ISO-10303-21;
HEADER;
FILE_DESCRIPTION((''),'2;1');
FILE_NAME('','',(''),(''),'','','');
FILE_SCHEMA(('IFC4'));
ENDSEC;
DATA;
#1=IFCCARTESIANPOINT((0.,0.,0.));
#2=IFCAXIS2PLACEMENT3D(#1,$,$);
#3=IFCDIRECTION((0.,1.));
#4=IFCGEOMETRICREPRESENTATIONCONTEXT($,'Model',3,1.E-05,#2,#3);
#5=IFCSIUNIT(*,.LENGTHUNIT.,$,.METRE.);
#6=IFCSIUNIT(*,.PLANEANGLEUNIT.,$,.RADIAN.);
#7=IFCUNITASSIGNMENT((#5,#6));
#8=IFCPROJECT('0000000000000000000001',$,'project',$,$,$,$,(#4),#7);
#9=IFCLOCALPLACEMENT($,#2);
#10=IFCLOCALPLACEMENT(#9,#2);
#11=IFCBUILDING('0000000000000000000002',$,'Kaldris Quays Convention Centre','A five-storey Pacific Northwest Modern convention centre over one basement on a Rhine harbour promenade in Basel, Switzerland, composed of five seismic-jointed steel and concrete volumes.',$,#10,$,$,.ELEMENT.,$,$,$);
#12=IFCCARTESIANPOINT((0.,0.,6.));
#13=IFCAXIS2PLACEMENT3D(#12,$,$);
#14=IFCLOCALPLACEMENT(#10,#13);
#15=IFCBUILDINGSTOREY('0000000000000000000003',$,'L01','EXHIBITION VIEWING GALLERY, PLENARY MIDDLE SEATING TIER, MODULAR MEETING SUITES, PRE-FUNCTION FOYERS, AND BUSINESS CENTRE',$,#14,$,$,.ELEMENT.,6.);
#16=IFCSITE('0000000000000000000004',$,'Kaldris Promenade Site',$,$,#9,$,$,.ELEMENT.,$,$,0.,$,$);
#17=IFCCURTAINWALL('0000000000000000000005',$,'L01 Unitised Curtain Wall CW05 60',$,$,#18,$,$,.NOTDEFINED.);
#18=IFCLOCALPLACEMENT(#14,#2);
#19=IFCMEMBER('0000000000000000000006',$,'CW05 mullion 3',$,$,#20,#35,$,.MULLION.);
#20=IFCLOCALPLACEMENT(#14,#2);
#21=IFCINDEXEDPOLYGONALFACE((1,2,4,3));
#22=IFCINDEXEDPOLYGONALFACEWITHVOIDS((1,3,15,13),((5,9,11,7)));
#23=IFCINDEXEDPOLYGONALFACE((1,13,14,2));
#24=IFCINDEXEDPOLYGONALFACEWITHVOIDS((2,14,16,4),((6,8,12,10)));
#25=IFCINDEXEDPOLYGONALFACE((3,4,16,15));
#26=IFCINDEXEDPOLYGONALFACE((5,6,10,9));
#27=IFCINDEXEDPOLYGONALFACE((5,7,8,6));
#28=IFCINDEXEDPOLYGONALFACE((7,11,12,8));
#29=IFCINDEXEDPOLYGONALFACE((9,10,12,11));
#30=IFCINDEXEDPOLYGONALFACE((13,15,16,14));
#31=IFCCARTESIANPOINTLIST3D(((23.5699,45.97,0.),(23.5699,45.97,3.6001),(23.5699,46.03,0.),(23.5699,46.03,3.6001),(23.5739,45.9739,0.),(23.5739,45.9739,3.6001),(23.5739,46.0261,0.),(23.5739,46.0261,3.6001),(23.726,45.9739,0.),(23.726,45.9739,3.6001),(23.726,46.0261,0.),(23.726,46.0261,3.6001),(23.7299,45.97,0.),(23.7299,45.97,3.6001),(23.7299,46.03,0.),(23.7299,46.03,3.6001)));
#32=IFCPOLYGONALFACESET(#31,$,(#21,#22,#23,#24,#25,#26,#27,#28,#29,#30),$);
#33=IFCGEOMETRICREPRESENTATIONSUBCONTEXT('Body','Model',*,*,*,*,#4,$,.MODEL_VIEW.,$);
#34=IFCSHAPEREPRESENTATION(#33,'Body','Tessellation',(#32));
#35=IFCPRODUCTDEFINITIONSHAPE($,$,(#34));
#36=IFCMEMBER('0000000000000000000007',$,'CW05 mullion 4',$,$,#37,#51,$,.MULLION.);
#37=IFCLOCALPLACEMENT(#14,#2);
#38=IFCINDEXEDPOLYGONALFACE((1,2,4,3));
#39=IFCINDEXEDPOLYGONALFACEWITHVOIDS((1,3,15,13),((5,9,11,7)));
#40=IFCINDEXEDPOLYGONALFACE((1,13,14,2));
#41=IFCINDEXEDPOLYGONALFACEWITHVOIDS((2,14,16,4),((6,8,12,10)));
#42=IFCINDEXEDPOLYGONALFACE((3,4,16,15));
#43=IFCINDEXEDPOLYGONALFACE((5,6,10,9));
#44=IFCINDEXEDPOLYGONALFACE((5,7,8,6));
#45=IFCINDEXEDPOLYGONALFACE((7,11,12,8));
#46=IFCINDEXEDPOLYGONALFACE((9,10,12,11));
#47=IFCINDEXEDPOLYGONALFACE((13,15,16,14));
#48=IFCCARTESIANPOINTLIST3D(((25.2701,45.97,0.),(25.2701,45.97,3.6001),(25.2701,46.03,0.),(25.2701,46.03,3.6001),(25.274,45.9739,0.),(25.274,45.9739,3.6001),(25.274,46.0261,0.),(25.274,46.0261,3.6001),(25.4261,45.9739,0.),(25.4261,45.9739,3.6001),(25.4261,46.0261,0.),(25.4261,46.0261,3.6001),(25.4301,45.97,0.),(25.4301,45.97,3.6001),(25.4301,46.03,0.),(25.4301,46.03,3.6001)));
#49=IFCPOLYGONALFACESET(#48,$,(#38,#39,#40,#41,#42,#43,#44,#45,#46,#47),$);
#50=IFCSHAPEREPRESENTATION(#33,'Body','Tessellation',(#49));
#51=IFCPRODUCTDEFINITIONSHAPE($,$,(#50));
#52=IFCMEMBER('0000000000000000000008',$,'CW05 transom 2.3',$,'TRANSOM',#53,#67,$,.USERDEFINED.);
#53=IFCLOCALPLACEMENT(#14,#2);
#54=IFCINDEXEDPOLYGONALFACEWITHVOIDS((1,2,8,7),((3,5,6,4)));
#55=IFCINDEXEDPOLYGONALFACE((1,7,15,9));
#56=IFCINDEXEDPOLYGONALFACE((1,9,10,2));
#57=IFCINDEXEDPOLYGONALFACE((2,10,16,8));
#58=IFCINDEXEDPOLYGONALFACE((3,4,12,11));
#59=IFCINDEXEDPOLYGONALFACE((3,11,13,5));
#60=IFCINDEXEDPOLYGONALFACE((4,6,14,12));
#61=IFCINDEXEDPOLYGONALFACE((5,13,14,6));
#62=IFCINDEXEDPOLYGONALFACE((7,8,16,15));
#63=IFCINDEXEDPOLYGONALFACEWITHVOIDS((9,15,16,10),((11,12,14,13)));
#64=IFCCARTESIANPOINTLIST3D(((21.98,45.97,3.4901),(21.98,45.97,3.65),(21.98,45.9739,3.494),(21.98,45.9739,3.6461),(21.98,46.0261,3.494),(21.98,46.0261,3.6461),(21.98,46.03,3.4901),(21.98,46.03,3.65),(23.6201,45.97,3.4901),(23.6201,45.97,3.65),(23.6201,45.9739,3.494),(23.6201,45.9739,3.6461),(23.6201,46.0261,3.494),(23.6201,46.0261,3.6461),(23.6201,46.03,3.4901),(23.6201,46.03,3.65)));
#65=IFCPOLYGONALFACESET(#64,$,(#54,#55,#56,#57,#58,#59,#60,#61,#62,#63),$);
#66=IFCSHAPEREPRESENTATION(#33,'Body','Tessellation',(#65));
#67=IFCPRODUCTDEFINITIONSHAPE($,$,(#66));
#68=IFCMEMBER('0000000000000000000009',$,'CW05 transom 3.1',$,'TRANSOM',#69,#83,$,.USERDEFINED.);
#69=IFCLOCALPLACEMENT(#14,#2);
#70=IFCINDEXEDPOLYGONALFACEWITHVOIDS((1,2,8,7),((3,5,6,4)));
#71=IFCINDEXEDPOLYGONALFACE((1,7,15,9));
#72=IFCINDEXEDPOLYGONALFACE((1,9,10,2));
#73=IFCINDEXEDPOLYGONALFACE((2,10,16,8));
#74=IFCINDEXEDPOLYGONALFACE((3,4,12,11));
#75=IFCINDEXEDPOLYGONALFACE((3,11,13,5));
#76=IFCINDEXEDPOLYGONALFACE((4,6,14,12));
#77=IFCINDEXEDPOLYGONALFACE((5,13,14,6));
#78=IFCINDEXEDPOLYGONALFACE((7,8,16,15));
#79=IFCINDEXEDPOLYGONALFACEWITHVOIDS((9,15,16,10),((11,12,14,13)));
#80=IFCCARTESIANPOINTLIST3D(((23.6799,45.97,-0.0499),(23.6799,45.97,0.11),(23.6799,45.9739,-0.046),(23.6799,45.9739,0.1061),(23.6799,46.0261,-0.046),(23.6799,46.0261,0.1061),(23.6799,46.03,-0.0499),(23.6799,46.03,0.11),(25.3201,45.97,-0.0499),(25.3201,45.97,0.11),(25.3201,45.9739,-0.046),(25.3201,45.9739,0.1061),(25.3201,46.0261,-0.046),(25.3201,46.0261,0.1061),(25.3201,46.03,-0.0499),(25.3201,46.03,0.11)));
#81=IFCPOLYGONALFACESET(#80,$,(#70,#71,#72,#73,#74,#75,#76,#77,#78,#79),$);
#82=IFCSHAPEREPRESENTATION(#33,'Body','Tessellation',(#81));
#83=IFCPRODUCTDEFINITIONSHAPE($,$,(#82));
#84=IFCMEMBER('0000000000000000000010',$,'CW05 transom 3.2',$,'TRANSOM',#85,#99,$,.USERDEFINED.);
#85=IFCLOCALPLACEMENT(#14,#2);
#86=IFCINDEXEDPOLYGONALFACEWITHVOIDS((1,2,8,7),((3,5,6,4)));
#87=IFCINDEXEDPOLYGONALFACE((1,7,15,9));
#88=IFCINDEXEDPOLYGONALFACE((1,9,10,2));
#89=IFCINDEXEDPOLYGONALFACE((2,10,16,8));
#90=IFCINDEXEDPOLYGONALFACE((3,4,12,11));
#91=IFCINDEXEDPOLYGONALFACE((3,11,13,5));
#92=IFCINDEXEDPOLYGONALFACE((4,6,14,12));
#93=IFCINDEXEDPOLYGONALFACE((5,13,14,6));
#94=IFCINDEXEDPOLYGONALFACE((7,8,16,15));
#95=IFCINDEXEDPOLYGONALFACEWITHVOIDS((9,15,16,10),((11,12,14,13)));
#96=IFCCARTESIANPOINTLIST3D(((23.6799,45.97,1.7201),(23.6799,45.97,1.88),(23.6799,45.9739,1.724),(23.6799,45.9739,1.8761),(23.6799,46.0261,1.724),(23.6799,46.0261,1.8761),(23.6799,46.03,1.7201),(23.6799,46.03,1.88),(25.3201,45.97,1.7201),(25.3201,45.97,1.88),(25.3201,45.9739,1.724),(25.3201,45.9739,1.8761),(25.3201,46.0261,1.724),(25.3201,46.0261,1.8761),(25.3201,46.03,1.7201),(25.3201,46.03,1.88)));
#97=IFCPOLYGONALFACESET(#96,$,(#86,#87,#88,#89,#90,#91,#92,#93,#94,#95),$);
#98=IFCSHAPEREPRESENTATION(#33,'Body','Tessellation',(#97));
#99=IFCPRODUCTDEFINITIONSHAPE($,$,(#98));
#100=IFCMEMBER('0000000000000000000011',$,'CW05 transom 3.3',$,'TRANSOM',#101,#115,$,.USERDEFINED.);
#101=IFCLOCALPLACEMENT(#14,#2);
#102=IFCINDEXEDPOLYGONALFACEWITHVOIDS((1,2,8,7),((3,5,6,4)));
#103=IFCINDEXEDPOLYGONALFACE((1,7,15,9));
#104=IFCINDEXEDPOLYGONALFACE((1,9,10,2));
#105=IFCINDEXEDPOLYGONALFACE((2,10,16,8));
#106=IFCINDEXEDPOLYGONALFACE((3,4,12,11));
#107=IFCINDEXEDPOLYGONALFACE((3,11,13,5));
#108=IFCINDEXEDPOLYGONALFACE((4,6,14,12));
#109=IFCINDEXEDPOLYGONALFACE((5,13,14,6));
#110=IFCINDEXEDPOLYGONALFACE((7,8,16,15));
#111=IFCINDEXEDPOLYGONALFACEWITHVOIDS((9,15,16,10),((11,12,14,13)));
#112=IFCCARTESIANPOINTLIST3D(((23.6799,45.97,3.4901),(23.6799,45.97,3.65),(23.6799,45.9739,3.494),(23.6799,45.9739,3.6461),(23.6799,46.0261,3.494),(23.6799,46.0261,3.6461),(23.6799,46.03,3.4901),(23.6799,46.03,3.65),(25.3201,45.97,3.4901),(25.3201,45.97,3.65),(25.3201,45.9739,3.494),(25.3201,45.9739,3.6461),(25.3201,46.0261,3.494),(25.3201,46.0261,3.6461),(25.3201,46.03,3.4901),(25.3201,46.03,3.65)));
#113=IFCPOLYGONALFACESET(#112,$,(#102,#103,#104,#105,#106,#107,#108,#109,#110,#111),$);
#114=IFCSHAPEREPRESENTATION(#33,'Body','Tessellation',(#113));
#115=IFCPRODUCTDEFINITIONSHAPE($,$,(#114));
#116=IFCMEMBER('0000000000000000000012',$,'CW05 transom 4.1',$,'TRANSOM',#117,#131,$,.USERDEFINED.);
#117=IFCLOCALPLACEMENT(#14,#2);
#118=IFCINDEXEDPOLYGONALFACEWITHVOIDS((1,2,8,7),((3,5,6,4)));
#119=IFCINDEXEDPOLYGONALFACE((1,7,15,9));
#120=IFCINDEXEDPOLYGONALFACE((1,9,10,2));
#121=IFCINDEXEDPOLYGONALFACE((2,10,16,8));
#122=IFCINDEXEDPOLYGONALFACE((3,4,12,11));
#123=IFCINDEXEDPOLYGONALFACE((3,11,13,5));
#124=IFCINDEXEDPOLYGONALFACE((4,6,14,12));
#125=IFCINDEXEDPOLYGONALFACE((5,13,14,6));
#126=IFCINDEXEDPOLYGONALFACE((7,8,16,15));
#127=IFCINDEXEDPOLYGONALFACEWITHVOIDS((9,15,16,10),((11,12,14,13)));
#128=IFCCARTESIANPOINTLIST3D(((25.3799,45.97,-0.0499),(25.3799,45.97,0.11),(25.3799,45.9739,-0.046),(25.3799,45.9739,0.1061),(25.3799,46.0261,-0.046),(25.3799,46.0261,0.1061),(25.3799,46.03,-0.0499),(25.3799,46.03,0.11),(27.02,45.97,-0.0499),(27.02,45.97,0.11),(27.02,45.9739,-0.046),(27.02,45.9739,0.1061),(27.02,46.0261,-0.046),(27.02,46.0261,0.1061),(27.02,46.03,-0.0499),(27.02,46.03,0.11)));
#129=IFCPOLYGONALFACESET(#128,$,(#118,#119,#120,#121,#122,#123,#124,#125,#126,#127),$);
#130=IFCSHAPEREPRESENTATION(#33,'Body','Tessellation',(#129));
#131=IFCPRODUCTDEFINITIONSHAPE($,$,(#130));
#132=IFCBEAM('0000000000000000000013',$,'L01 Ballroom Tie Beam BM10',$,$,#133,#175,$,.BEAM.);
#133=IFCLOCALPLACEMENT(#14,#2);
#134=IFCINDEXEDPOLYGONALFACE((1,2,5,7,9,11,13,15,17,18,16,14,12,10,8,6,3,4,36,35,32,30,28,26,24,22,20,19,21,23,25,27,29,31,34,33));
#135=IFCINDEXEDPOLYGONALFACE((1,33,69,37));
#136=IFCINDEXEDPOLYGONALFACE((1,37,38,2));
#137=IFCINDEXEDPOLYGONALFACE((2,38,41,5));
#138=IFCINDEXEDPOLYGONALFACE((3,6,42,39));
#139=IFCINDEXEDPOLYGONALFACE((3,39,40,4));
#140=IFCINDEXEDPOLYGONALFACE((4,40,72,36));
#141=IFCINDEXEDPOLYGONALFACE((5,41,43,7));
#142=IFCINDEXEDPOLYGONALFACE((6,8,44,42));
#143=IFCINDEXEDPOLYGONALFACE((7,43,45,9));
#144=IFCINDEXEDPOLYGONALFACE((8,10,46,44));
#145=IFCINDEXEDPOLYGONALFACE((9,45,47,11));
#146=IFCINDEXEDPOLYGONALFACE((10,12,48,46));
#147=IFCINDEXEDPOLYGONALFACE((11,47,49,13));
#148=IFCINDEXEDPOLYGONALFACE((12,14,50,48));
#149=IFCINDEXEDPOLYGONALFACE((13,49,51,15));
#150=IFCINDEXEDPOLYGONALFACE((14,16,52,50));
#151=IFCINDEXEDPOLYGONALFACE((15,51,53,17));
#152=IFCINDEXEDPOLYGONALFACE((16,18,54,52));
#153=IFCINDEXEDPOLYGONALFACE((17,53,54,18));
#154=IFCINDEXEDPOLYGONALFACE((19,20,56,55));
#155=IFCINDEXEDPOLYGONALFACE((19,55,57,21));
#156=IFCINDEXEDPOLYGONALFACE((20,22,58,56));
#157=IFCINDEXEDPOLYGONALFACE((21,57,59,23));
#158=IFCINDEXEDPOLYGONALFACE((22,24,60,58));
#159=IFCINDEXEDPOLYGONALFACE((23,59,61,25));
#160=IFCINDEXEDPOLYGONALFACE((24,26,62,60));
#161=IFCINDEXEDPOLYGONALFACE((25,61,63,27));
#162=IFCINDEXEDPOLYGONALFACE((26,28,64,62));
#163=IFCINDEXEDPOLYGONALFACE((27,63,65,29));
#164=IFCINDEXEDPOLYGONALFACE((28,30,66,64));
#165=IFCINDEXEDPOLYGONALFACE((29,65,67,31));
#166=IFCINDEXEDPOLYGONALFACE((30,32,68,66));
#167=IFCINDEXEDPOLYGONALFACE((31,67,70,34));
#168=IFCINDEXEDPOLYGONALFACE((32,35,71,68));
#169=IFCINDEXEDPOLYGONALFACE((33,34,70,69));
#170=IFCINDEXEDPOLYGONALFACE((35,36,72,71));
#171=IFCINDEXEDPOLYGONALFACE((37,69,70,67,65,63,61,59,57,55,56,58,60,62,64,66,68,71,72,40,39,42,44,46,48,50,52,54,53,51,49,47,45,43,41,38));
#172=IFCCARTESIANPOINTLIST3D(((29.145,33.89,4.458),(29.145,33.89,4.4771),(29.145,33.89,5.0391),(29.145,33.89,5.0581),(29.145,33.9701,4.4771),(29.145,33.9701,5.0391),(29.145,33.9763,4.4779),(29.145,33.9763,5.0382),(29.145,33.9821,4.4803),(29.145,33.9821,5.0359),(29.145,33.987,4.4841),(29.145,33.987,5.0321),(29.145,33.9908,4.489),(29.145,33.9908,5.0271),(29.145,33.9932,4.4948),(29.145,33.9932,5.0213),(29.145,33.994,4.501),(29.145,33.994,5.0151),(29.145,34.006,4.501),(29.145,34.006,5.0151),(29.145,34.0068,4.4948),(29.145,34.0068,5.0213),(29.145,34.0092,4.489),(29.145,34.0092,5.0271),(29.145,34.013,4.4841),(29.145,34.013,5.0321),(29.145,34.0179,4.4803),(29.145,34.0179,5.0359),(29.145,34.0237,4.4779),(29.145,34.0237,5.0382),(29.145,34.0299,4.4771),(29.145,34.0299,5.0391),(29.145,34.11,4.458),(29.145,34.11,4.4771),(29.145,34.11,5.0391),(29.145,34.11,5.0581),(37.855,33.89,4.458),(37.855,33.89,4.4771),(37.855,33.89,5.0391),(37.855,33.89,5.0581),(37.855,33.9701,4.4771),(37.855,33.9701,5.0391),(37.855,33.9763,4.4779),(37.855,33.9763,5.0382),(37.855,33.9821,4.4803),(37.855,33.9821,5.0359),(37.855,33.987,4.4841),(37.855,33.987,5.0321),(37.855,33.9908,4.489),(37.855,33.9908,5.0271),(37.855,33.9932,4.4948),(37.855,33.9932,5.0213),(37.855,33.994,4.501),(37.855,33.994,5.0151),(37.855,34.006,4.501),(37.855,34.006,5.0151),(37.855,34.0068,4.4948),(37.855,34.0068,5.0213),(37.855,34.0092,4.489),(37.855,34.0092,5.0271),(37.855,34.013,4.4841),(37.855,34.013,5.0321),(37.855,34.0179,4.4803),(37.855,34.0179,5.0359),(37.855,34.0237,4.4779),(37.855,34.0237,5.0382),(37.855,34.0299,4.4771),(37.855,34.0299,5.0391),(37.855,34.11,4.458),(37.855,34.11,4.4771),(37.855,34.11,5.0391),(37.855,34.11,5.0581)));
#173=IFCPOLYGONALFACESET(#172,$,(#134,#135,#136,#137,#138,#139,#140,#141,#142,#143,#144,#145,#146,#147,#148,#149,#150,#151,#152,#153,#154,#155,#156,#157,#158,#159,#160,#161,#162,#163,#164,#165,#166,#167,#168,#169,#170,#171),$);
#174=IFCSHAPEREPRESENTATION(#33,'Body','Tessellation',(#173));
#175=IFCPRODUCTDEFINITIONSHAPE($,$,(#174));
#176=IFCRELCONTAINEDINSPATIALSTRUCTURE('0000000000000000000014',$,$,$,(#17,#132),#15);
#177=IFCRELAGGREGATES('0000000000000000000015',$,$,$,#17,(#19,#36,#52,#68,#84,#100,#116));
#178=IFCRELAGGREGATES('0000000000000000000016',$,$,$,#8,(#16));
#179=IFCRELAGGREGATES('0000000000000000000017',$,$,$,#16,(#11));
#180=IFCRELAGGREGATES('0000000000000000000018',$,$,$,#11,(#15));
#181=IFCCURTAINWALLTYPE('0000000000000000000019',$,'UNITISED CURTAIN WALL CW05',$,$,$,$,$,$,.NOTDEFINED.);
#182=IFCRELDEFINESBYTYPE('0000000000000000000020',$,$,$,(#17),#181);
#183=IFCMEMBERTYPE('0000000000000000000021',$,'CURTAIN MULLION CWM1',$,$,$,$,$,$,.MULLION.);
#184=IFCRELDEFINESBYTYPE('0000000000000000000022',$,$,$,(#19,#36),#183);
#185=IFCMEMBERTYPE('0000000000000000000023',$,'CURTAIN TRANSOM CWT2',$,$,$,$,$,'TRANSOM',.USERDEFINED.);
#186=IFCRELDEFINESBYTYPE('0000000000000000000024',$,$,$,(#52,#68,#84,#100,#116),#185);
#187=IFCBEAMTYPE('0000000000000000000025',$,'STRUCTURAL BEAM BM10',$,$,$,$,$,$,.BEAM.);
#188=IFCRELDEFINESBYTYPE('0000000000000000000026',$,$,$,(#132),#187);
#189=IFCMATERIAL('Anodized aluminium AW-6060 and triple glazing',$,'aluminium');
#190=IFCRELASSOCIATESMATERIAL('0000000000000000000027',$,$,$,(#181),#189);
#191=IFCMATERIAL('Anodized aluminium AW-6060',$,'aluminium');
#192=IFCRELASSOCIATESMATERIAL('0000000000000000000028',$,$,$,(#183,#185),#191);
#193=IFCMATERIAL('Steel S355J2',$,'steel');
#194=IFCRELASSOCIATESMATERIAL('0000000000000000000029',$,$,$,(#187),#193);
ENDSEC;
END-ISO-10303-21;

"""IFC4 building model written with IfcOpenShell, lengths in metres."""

from ifc_helpers import new_model, si_unit, direction, frame, origin, origin_2d, place, context, subcontext, project, spatial, hollow_rectangle, i_section, extrude, material, material_profile, profile_set, type_object, element, aggregate, save


model = new_model("IFC4")

# Units and contexts
model_context = context("Model", 3, precision=1e-05, world=origin(), true_north=direction((0.0, 1.0)))
body_context = subcontext(model_context, "Body", "Model", "MODEL_VIEW")
ifc_project = project(units=[si_unit("LENGTHUNIT", "METRE"), si_unit("PLANEANGLEUNIT", "RADIAN")], contexts=[model_context])

# Site, building, storey
site_placement = place(None, origin())
site = spatial("IfcSite", under=ifc_project, at=site_placement, Name="Kaldris Promenade Site", CompositionType="ELEMENT", RefElevation=0.0)
building_placement = place(site_placement, origin())
building = spatial("IfcBuilding", under=site, at=building_placement, Name="Kaldris Quays Convention Centre", Description="A five-storey Pacific Northwest Modern convention centre over one basement on a Rhine harbour promenade in Basel, Switzerland, composed of five seismic-jointed steel and concrete volumes.", CompositionType="ELEMENT")
storey_placement = place(building_placement, frame((0.0, 0.0, 6.0)))
storey = spatial("IfcBuildingStorey", under=building, at=storey_placement, Name="L01", Description="EXHIBITION VIEWING GALLERY, PLENARY MIDDLE SEATING TIER, MODULAR MEETING SUITES, PRE-FUNCTION FOYERS, AND BUSINESS CENTRE", CompositionType="ELEMENT", Elevation=6.0)

# Curtain wall, members
ifc_material_1 = material(Name="Anodized aluminium AW-6060 and triple glazing", Category="aluminium")
curtain_wall_type = type_object("IfcCurtainWallType", Name="UNITISED CURTAIN WALL CW05", PredefinedType="NOTDEFINED", material=ifc_material_1)
curtain_wall_placement = place(storey_placement, origin())
curtain_wall = element("IfcCurtainWall", 1, at=curtain_wall_placement, inside=storey, type_object=curtain_wall_type, Name="L01 Unitised Curtain Wall CW05 60", PredefinedType="NOTDEFINED")
ifc_material_2 = material(Name="Anodized aluminium AW-6060", Category="aluminium")
ifc_material_profile_1 = material_profile(ifc_material_2, hollow_rectangle(XDim=0.0601, YDim=0.1599, WallThickness=0.0039, at=origin_2d()), Name="RHS 160x60x4")
ifc_profile_set_1 = profile_set([ifc_material_profile_1], Name="Anodized aluminium AW-6060")
member_type_1 = type_object("IfcMemberType", Name="CURTAIN MULLION CWM1", PredefinedType="MULLION", material=ifc_profile_set_1)
member_1_placement = place(storey_placement, frame((23.6499, 46.0, 0.0), z_axis=(0.0, 0.0, 1.0), x_axis=(0.0, 1.0, 0.0)))
member_1 = element("IfcMember", 2, at=member_1_placement, type_object=member_type_1, Name="CW05 mullion 3", PredefinedType="MULLION", context=body_context, shape_type="SweptSolid", body=[
    extrude(hollow_rectangle(XDim=0.0601, YDim=0.1599, WallThickness=0.0039, at=origin_2d()), origin(), (0.0, 0.0, 1.0), 3.6001),
])
member_2_placement = place(storey_placement, frame((25.3501, 46.0, 0.0), z_axis=(0.0, 0.0, 1.0), x_axis=(0.0, 1.0, 0.0)))
member_2 = element("IfcMember", 3, at=member_2_placement, type_object=member_type_1, Name="CW05 mullion 4", PredefinedType="MULLION", context=body_context, shape_type="SweptSolid", body=[
    extrude(hollow_rectangle(XDim=0.0601, YDim=0.1599, WallThickness=0.0039, at=origin_2d()), origin(), (0.0, 0.0, 1.0), 3.6001),
])
ifc_material_profile_2 = material_profile(ifc_material_2, hollow_rectangle(XDim=0.0601, YDim=0.1599, WallThickness=0.0039, at=origin_2d()), Name="RHS 160x60x4")
ifc_profile_set_2 = profile_set([ifc_material_profile_2], Name="Anodized aluminium AW-6060")
member_type_2 = type_object("IfcMemberType", Name="CURTAIN TRANSOM CWT2", ElementType="TRANSOM", PredefinedType="USERDEFINED", material=ifc_profile_set_2)
member_3_placement = place(storey_placement, frame((21.98, 46.0, 3.5701), z_axis=(1.0, 0.0, 0.0), x_axis=(0.0, 1.0, 0.0)))
member_3 = element("IfcMember", 4, at=member_3_placement, type_object=member_type_2, Name="CW05 transom 2.3", ObjectType="TRANSOM", PredefinedType="USERDEFINED", context=body_context, shape_type="SweptSolid", body=[
    extrude(hollow_rectangle(XDim=0.0601, YDim=0.1599, WallThickness=0.0039, at=origin_2d()), origin(), (0.0, 0.0, 1.0), 1.6401),
])
member_4_placement = place(storey_placement, frame((23.6799, 46.0, 0.03), z_axis=(1.0, 0.0, 0.0), x_axis=(0.0, 1.0, 0.0)))
member_4 = element("IfcMember", 5, at=member_4_placement, type_object=member_type_2, Name="CW05 transom 3.1", ObjectType="TRANSOM", PredefinedType="USERDEFINED", context=body_context, shape_type="SweptSolid", body=[
    extrude(hollow_rectangle(XDim=0.0601, YDim=0.1599, WallThickness=0.0039, at=origin_2d()), origin(), (0.0, 0.0, 1.0), 1.6401),
])
member_5_placement = place(storey_placement, frame((23.6799, 46.0, 1.8), z_axis=(1.0, 0.0, 0.0), x_axis=(0.0, 1.0, 0.0)))
member_5 = element("IfcMember", 6, at=member_5_placement, type_object=member_type_2, Name="CW05 transom 3.2", ObjectType="TRANSOM", PredefinedType="USERDEFINED", context=body_context, shape_type="SweptSolid", body=[
    extrude(hollow_rectangle(XDim=0.0601, YDim=0.1599, WallThickness=0.0039, at=origin_2d()), origin(), (0.0, 0.0, 1.0), 1.6401),
])
member_6_placement = place(storey_placement, frame((23.6799, 46.0, 3.5701), z_axis=(1.0, 0.0, 0.0), x_axis=(0.0, 1.0, 0.0)))
member_6 = element("IfcMember", 7, at=member_6_placement, type_object=member_type_2, Name="CW05 transom 3.3", ObjectType="TRANSOM", PredefinedType="USERDEFINED", context=body_context, shape_type="SweptSolid", body=[
    extrude(hollow_rectangle(XDim=0.0601, YDim=0.1599, WallThickness=0.0039, at=origin_2d()), origin(), (0.0, 0.0, 1.0), 1.6401),
])
member_7_placement = place(storey_placement, frame((25.3799, 46.0, 0.03), z_axis=(1.0, 0.0, 0.0), x_axis=(0.0, 1.0, 0.0)))
member_7 = element("IfcMember", 8, at=member_7_placement, type_object=member_type_2, Name="CW05 transom 4.1", ObjectType="TRANSOM", PredefinedType="USERDEFINED", context=body_context, shape_type="SweptSolid", body=[
    extrude(hollow_rectangle(XDim=0.0601, YDim=0.1599, WallThickness=0.0039, at=origin_2d()), origin(), (0.0, 0.0, 1.0), 1.6401),
])

# Beam
ifc_material_3 = material(Name="Steel S355J2", Category="steel")
ifc_material_profile_3 = material_profile(ifc_material_3, i_section(OverallWidth=0.22, OverallDepth=0.6001, WebThickness=0.012, FlangeThickness=0.019, FilletRadius=0.0239, at=origin_2d()), Name="IPE 600")
ifc_profile_set_3 = profile_set([ifc_material_profile_3], Name="Steel S355J2")
beam_type = type_object("IfcBeamType", Name="STRUCTURAL BEAM BM10", PredefinedType="BEAM", material=ifc_profile_set_3)
for number, where, z_axis, x_axis, name in (
    (9, (29.145, 34.0, 4.7581), (1.0, 0.0, 0.0), (0.0, 1.0, 0.0), "L01 Ballroom Tie Beam BM10"),
):
    element("IfcBeam", number, at=place(storey_placement, frame(where, z_axis=z_axis, x_axis=x_axis)), inside=storey, type_object=beam_type, Name=name, PredefinedType="BEAM", context=body_context, shape_type="SweptSolid", body=[
        extrude(i_section(OverallWidth=0.22, OverallDepth=0.6001, WebThickness=0.012, FlangeThickness=0.019, FilletRadius=0.0239, at=origin_2d()), origin(), (0.0, 0.0, 1.0), 8.71),
    ])

aggregate(curtain_wall, [member_1, member_2, member_3, member_4, member_5, member_6, member_7])

save(model, "model.ifc")
